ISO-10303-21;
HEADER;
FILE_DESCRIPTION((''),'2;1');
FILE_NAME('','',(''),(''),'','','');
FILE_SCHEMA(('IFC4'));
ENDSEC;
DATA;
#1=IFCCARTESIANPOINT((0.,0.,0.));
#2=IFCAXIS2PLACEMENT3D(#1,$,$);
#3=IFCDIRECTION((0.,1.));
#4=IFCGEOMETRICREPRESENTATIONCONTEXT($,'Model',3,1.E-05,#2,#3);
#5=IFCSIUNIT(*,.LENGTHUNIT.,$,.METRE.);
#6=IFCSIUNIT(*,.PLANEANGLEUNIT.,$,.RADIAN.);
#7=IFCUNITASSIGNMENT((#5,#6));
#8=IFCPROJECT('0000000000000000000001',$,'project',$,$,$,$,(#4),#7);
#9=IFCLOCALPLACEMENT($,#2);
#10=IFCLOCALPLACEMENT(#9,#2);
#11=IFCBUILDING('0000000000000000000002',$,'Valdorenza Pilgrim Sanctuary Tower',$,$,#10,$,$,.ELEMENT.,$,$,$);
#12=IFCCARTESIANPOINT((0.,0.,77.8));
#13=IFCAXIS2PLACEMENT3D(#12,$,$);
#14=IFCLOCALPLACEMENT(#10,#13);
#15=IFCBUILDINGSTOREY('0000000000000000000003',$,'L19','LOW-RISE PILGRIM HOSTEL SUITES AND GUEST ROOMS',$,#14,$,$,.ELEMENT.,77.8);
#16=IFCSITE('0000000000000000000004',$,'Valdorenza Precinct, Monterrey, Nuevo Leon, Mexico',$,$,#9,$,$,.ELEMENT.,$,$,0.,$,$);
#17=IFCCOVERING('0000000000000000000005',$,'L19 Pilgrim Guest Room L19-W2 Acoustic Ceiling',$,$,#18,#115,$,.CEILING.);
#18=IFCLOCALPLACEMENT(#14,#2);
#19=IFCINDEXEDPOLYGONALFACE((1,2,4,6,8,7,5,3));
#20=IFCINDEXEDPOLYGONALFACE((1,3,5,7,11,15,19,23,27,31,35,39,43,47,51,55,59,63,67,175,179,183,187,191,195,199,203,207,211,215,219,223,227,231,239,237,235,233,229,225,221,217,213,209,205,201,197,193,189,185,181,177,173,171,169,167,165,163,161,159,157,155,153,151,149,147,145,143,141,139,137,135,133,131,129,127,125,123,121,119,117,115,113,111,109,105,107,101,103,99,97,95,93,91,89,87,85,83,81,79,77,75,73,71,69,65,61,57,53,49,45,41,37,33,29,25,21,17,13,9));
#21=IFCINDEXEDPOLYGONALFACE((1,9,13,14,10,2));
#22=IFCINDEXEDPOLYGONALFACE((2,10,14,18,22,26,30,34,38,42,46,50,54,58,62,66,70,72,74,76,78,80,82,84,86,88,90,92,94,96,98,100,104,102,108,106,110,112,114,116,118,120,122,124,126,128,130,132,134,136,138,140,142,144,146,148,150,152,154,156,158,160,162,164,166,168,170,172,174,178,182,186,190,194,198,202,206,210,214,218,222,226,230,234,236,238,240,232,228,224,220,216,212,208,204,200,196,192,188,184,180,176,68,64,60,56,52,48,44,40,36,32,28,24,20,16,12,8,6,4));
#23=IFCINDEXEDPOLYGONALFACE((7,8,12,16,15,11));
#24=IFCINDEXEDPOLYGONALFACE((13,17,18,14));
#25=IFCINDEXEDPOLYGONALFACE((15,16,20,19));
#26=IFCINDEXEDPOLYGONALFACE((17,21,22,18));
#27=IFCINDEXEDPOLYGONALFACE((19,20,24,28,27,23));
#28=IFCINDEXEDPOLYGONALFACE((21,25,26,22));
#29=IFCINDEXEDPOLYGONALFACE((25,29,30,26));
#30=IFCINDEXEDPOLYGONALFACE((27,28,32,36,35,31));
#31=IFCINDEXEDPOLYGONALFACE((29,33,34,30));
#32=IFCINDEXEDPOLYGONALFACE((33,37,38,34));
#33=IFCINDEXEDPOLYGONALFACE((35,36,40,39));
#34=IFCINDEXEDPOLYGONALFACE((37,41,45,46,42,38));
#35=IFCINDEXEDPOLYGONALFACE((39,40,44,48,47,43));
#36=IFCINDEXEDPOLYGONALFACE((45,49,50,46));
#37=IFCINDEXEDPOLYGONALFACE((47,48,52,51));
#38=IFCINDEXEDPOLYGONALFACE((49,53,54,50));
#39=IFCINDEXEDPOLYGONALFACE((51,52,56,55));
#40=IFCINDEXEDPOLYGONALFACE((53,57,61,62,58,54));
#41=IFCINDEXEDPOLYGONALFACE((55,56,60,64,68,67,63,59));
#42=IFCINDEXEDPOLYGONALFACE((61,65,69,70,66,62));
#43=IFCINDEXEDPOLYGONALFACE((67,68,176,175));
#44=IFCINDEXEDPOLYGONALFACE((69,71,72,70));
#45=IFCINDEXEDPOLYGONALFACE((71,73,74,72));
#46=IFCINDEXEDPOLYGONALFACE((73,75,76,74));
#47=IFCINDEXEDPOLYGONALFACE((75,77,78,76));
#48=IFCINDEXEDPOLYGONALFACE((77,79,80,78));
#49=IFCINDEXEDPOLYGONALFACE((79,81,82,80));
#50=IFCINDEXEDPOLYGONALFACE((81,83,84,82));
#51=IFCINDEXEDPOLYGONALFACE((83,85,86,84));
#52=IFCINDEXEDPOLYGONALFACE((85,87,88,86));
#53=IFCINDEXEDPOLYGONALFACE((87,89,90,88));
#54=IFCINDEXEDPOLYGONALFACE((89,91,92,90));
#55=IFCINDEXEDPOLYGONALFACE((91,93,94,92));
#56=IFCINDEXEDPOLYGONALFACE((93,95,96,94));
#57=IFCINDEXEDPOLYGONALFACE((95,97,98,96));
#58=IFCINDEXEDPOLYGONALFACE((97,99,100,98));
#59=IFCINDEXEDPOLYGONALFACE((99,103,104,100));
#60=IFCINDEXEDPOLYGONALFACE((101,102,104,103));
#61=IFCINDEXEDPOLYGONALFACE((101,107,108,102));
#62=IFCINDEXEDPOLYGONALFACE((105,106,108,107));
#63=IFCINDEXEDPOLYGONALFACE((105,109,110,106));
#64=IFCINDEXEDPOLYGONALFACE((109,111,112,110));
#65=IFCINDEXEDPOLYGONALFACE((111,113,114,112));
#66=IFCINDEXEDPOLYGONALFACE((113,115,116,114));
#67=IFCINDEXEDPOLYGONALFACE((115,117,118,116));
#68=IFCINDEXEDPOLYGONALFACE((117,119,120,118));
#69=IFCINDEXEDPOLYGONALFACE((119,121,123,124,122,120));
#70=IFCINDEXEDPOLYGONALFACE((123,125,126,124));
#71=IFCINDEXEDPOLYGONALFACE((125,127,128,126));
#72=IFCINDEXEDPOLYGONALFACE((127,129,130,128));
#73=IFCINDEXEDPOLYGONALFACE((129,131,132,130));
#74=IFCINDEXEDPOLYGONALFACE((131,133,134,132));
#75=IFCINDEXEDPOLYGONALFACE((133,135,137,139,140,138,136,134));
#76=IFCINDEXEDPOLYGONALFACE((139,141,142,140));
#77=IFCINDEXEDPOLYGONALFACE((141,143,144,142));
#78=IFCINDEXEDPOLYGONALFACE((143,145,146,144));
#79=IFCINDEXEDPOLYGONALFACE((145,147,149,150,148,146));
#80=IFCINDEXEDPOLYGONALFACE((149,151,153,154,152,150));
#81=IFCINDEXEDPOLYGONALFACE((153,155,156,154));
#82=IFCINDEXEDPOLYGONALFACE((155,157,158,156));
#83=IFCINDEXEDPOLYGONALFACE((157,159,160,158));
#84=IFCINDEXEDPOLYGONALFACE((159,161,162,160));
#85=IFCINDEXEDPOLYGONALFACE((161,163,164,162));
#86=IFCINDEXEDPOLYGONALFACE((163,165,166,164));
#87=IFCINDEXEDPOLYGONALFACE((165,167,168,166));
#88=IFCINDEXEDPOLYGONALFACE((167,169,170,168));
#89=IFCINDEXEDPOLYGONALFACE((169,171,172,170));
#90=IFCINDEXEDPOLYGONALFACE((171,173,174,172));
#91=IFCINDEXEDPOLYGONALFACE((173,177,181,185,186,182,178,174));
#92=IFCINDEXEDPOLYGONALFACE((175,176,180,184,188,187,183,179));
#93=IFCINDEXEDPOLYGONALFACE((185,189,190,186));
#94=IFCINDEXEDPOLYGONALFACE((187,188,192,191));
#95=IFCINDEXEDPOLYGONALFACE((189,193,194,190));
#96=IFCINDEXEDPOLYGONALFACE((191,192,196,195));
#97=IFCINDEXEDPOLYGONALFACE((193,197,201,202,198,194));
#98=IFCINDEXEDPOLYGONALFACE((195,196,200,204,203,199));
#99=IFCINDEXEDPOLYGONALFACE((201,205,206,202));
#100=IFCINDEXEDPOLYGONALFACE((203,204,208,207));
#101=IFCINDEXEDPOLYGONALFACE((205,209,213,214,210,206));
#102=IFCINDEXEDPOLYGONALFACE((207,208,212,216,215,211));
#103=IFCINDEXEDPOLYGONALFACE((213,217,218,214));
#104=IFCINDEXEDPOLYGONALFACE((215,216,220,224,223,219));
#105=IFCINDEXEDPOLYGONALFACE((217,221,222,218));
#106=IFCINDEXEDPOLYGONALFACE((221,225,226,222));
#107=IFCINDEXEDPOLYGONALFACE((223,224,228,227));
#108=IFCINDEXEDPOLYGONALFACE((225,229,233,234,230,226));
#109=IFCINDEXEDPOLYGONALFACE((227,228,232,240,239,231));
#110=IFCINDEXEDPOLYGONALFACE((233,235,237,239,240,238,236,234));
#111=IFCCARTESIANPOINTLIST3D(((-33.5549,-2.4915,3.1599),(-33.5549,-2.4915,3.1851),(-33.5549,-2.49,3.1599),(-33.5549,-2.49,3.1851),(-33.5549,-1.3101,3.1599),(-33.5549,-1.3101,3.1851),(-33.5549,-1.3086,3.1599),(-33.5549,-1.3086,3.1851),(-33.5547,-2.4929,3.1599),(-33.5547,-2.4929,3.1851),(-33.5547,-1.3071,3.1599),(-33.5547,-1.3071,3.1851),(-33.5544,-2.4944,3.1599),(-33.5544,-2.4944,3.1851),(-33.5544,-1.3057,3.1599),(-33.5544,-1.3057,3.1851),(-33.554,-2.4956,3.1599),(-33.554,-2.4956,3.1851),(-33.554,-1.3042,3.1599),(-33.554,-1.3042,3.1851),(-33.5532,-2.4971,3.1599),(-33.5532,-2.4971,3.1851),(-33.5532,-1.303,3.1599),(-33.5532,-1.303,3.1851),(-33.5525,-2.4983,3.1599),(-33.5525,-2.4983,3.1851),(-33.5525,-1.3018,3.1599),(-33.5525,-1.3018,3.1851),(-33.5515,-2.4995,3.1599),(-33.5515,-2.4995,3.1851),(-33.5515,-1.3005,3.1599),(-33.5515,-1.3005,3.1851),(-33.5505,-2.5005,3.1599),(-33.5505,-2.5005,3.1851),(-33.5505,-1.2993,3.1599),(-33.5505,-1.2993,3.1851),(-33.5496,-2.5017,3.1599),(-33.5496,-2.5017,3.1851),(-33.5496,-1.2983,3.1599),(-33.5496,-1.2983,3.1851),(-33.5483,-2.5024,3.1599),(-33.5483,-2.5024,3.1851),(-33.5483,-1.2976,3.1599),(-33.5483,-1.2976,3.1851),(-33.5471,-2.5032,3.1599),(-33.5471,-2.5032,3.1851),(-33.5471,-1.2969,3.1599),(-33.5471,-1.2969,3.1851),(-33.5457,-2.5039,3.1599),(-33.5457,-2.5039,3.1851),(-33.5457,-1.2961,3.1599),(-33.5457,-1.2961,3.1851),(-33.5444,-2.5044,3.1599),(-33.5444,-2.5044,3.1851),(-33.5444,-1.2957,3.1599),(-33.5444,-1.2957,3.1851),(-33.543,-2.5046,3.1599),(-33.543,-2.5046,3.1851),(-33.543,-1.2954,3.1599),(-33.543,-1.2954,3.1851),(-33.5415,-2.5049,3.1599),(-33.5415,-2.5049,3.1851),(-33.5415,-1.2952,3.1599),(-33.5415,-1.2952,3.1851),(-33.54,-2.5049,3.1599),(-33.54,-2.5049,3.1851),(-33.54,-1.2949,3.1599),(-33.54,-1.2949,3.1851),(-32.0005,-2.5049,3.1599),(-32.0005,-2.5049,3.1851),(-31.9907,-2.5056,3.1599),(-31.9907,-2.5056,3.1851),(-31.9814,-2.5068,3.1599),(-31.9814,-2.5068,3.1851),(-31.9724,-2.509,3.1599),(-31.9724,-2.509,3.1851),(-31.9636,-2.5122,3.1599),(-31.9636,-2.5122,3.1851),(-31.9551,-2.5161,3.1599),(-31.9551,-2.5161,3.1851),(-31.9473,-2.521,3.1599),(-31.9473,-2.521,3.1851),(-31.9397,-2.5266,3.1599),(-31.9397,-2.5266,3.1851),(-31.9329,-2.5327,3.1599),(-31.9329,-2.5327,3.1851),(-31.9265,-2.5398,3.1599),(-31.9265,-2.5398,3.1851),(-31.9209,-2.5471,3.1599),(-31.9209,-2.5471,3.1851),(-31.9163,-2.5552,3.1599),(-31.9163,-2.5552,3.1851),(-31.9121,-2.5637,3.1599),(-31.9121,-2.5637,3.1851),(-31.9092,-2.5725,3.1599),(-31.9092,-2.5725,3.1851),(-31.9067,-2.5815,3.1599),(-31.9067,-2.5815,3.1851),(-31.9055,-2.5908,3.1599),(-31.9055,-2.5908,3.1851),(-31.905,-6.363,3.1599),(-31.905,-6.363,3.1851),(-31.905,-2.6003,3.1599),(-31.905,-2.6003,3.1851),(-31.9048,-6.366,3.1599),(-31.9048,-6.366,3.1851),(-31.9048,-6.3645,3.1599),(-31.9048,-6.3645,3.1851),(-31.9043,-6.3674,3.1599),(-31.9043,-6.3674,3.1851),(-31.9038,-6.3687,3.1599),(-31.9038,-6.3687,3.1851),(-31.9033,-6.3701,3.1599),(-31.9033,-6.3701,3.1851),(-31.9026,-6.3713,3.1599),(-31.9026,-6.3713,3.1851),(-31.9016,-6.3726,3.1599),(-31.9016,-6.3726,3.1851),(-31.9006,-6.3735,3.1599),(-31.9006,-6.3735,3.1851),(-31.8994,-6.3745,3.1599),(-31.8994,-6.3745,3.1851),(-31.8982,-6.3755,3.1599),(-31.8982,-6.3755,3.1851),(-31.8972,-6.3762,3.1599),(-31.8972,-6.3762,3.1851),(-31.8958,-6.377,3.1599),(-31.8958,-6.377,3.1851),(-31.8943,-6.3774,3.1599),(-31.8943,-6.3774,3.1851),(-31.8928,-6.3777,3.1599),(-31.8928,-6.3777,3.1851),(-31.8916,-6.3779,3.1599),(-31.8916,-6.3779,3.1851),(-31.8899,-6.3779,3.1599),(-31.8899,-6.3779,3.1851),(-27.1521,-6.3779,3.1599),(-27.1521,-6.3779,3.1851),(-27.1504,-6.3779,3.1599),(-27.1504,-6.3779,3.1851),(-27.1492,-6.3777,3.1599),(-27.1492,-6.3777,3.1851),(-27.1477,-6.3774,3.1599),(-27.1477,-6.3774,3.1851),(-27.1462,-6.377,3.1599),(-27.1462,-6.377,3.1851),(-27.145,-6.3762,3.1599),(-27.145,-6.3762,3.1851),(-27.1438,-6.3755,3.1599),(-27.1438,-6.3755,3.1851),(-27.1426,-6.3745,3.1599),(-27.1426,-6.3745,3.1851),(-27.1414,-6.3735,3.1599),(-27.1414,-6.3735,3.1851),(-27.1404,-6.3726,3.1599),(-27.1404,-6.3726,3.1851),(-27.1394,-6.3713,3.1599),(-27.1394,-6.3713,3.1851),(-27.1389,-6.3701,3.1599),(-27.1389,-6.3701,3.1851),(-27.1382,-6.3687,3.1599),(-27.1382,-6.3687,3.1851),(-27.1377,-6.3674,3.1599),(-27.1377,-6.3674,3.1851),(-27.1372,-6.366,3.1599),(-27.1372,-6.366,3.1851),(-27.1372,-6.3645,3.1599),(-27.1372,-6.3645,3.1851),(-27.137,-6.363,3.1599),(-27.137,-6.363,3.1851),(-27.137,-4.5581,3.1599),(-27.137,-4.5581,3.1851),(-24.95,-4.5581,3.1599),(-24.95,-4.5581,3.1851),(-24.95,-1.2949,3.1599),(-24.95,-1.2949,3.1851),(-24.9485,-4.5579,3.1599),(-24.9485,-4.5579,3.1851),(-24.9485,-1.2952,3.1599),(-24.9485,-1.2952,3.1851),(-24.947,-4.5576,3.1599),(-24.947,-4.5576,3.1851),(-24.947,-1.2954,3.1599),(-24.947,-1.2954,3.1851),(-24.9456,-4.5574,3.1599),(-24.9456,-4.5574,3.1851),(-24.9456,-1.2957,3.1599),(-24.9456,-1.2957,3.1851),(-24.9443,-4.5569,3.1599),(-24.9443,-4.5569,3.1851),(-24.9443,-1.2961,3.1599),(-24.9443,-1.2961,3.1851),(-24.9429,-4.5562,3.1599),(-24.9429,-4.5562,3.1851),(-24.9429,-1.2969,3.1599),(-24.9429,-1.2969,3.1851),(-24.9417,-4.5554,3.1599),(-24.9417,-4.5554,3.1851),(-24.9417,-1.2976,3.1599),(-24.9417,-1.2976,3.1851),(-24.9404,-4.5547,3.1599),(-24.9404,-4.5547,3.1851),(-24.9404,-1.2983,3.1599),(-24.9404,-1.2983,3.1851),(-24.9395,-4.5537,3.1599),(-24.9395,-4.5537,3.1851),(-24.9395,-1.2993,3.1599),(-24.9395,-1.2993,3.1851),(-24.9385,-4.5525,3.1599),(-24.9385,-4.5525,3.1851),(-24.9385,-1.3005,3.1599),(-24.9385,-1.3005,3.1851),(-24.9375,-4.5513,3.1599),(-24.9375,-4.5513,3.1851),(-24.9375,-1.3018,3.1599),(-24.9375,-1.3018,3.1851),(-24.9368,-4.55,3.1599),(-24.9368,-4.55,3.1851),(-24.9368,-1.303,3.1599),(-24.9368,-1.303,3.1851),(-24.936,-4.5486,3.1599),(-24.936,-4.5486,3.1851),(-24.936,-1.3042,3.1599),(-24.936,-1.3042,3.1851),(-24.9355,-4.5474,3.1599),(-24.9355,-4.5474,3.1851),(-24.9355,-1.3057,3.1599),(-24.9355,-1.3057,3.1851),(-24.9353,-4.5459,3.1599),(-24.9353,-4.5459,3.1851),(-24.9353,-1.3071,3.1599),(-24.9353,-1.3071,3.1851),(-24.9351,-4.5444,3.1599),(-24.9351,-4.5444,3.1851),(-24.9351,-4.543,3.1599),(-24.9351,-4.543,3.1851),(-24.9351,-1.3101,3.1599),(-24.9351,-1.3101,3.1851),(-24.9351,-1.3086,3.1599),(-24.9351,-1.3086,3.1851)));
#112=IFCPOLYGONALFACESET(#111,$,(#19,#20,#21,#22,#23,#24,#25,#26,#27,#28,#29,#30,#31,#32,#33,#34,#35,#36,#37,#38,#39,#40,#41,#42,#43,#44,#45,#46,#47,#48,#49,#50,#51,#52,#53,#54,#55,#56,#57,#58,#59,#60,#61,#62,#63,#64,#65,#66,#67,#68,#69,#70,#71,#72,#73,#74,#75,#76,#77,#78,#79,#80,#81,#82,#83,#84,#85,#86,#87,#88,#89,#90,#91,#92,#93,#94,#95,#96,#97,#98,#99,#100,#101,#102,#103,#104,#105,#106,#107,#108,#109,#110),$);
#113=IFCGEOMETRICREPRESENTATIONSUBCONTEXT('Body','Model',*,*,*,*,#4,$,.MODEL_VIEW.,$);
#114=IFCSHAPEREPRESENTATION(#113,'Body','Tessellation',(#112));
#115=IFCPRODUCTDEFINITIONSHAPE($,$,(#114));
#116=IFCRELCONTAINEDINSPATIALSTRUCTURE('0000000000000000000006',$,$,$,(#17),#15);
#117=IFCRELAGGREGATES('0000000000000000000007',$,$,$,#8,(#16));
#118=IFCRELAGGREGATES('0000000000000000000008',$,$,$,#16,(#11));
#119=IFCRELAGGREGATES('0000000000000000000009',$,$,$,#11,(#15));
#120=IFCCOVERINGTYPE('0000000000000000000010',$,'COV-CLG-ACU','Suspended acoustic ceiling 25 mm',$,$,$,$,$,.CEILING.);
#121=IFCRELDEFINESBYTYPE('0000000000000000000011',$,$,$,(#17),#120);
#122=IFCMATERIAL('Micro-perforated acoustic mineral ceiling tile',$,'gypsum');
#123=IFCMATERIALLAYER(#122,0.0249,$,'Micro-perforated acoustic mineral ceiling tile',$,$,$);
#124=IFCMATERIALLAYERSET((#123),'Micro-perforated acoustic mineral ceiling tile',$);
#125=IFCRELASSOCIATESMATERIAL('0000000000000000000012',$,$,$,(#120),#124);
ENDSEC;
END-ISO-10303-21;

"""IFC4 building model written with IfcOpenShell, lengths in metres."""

from ifc_helpers import new_model, si_unit, direction, frame, origin, place, context, subcontext, project, spatial, polyline, outline, extrude, material, layer, layer_set, type_object, element, save


model = new_model("IFC4")

# Units and contexts
model_context = context("Model", 3, precision=1e-05, world=origin(), true_north=direction((0.0, 1.0)))
body_context = subcontext(model_context, "Body", "Model", "MODEL_VIEW")
ifc_project = project(units=[si_unit("LENGTHUNIT", "METRE"), si_unit("PLANEANGLEUNIT", "RADIAN")], contexts=[model_context])

# Site, building, storey
site_placement = place(None, origin())
site = spatial("IfcSite", under=ifc_project, at=site_placement, Name="Valdorenza Precinct, Monterrey, Nuevo Leon, Mexico", CompositionType="ELEMENT", RefElevation=0.0)
building_placement = place(site_placement, origin())
building = spatial("IfcBuilding", under=site, at=building_placement, Name="Valdorenza Pilgrim Sanctuary Tower", CompositionType="ELEMENT")
storey_placement = place(building_placement, frame((0.0, 0.0, 77.8)))
storey = spatial("IfcBuildingStorey", under=building, at=storey_placement, Name="L19", Description="LOW-RISE PILGRIM HOSTEL SUITES AND GUEST ROOMS", CompositionType="ELEMENT", Elevation=77.8)

# Covering
ifc_material_1 = material(Name="Micro-perforated acoustic mineral ceiling tile", Category="gypsum")
ifc_layer_1 = layer(ifc_material_1, 0.0249, Name="Micro-perforated acoustic mineral ceiling tile")
ifc_layer_set_1 = layer_set([ifc_layer_1], Name="Micro-perforated acoustic mineral ceiling tile")
covering_type_1 = type_object("IfcCoveringType", Name="COV-CLG-ACU", Description="Suspended acoustic ceiling 25 mm", PredefinedType="CEILING", material=ifc_layer_set_1)
covering_1_placement = place(storey_placement, frame((0.0, 0.0, 3.1599)))
element("IfcCovering", 1, at=covering_1_placement, inside=storey, type_object=covering_type_1, Name="L19 Pilgrim Guest Room L19-W2 Acoustic Ceiling", PredefinedType="CEILING", context=body_context, shape_type="SweptSolid", body=[
    extrude(outline(polyline([(-27.137, -4.5581), (-27.137, -6.363), (-27.1372, -6.3645), (-27.1372, -6.366), (-27.1377, -6.3674), (-27.1382, -6.3687), (-27.1389, -6.3701), (-27.1394, -6.3713), (-27.1404, -6.3726), (-27.1414, -6.3735), (-27.1426, -6.3745), (-27.1438, -6.3755), (-27.145, -6.3762), (-27.1462, -6.377), (-27.1477, -6.3774), (-27.1492, -6.3777), (-27.1504, -6.3779), (-27.1521, -6.3779), (-31.8899, -6.3779), (-31.8916, -6.3779), (-31.8928, -6.3777), (-31.8943, -6.3774), (-31.8958, -6.377), (-31.8972, -6.3762), (-31.8982, -6.3755), (-31.8994, -6.3745), (-31.9006, -6.3735), (-31.9016, -6.3726), (-31.9026, -6.3713), (-31.9033, -6.3701), (-31.9038, -6.3687), (-31.9043, -6.3674), (-31.9048, -6.366), (-31.9048, -6.3645), (-31.905, -6.363), (-31.905, -2.6003), (-31.9055, -2.5908), (-31.9067, -2.5815), (-31.9092, -2.5725), (-31.9121, -2.5637), (-31.9163, -2.5552), (-31.9209, -2.5471), (-31.9265, -2.5398), (-31.9329, -2.5327), (-31.9397, -2.5266), (-31.9473, -2.521), (-31.9551, -2.5161), (-31.9636, -2.5122), (-31.9724, -2.509), (-31.9814, -2.5068), (-31.9907, -2.5056), (-32.0005, -2.5049), (-33.54, -2.5049), (-33.5415, -2.5049), (-33.543, -2.5046), (-33.5444, -2.5044), (-33.5457, -2.5039), (-33.5471, -2.5032), (-33.5483, -2.5024), (-33.5496, -2.5017), (-33.5505, -2.5005), (-33.5515, -2.4995), (-33.5525, -2.4983), (-33.5532, -2.4971), (-33.554, -2.4956), (-33.5544, -2.4944), (-33.5547, -2.4929), (-33.5549, -2.4915), (-33.5549, -2.49), (-33.5549, -1.3101), (-33.5549, -1.3086), (-33.5547, -1.3071), (-33.5544, -1.3057), (-33.554, -1.3042), (-33.5532, -1.303), (-33.5525, -1.3018), (-33.5515, -1.3005), (-33.5505, -1.2993), (-33.5496, -1.2983), (-33.5483, -1.2976), (-33.5471, -1.2969), (-33.5457, -1.2961), (-33.5444, -1.2957), (-33.543, -1.2954), (-33.5415, -1.2952), (-33.54, -1.2949), (-24.95, -1.2949), (-24.9485, -1.2952), (-24.947, -1.2954), (-24.9456, -1.2957), (-24.9443, -1.2961), (-24.9429, -1.2969), (-24.9417, -1.2976), (-24.9404, -1.2983), (-24.9395, -1.2993), (-24.9385, -1.3005), (-24.9375, -1.3018), (-24.9368, -1.303), (-24.936, -1.3042), (-24.9355, -1.3057), (-24.9353, -1.3071), (-24.9351, -1.3086), (-24.9351, -1.3101), (-24.9351, -4.543), (-24.9351, -4.5444), (-24.9353, -4.5459), (-24.9355, -4.5474), (-24.936, -4.5486), (-24.9368, -4.55), (-24.9375, -4.5513), (-24.9385, -4.5525), (-24.9395, -4.5537), (-24.9404, -4.5547), (-24.9417, -4.5554), (-24.9429, -4.5562), (-24.9443, -4.5569), (-24.9456, -4.5574), (-24.947, -4.5576), (-24.9485, -4.5579), (-24.95, -4.5581), (-27.137, -4.5581)])), origin(), (0.0, 0.0, 1.0), 0.0251),
])

save(model, "model.ifc")
